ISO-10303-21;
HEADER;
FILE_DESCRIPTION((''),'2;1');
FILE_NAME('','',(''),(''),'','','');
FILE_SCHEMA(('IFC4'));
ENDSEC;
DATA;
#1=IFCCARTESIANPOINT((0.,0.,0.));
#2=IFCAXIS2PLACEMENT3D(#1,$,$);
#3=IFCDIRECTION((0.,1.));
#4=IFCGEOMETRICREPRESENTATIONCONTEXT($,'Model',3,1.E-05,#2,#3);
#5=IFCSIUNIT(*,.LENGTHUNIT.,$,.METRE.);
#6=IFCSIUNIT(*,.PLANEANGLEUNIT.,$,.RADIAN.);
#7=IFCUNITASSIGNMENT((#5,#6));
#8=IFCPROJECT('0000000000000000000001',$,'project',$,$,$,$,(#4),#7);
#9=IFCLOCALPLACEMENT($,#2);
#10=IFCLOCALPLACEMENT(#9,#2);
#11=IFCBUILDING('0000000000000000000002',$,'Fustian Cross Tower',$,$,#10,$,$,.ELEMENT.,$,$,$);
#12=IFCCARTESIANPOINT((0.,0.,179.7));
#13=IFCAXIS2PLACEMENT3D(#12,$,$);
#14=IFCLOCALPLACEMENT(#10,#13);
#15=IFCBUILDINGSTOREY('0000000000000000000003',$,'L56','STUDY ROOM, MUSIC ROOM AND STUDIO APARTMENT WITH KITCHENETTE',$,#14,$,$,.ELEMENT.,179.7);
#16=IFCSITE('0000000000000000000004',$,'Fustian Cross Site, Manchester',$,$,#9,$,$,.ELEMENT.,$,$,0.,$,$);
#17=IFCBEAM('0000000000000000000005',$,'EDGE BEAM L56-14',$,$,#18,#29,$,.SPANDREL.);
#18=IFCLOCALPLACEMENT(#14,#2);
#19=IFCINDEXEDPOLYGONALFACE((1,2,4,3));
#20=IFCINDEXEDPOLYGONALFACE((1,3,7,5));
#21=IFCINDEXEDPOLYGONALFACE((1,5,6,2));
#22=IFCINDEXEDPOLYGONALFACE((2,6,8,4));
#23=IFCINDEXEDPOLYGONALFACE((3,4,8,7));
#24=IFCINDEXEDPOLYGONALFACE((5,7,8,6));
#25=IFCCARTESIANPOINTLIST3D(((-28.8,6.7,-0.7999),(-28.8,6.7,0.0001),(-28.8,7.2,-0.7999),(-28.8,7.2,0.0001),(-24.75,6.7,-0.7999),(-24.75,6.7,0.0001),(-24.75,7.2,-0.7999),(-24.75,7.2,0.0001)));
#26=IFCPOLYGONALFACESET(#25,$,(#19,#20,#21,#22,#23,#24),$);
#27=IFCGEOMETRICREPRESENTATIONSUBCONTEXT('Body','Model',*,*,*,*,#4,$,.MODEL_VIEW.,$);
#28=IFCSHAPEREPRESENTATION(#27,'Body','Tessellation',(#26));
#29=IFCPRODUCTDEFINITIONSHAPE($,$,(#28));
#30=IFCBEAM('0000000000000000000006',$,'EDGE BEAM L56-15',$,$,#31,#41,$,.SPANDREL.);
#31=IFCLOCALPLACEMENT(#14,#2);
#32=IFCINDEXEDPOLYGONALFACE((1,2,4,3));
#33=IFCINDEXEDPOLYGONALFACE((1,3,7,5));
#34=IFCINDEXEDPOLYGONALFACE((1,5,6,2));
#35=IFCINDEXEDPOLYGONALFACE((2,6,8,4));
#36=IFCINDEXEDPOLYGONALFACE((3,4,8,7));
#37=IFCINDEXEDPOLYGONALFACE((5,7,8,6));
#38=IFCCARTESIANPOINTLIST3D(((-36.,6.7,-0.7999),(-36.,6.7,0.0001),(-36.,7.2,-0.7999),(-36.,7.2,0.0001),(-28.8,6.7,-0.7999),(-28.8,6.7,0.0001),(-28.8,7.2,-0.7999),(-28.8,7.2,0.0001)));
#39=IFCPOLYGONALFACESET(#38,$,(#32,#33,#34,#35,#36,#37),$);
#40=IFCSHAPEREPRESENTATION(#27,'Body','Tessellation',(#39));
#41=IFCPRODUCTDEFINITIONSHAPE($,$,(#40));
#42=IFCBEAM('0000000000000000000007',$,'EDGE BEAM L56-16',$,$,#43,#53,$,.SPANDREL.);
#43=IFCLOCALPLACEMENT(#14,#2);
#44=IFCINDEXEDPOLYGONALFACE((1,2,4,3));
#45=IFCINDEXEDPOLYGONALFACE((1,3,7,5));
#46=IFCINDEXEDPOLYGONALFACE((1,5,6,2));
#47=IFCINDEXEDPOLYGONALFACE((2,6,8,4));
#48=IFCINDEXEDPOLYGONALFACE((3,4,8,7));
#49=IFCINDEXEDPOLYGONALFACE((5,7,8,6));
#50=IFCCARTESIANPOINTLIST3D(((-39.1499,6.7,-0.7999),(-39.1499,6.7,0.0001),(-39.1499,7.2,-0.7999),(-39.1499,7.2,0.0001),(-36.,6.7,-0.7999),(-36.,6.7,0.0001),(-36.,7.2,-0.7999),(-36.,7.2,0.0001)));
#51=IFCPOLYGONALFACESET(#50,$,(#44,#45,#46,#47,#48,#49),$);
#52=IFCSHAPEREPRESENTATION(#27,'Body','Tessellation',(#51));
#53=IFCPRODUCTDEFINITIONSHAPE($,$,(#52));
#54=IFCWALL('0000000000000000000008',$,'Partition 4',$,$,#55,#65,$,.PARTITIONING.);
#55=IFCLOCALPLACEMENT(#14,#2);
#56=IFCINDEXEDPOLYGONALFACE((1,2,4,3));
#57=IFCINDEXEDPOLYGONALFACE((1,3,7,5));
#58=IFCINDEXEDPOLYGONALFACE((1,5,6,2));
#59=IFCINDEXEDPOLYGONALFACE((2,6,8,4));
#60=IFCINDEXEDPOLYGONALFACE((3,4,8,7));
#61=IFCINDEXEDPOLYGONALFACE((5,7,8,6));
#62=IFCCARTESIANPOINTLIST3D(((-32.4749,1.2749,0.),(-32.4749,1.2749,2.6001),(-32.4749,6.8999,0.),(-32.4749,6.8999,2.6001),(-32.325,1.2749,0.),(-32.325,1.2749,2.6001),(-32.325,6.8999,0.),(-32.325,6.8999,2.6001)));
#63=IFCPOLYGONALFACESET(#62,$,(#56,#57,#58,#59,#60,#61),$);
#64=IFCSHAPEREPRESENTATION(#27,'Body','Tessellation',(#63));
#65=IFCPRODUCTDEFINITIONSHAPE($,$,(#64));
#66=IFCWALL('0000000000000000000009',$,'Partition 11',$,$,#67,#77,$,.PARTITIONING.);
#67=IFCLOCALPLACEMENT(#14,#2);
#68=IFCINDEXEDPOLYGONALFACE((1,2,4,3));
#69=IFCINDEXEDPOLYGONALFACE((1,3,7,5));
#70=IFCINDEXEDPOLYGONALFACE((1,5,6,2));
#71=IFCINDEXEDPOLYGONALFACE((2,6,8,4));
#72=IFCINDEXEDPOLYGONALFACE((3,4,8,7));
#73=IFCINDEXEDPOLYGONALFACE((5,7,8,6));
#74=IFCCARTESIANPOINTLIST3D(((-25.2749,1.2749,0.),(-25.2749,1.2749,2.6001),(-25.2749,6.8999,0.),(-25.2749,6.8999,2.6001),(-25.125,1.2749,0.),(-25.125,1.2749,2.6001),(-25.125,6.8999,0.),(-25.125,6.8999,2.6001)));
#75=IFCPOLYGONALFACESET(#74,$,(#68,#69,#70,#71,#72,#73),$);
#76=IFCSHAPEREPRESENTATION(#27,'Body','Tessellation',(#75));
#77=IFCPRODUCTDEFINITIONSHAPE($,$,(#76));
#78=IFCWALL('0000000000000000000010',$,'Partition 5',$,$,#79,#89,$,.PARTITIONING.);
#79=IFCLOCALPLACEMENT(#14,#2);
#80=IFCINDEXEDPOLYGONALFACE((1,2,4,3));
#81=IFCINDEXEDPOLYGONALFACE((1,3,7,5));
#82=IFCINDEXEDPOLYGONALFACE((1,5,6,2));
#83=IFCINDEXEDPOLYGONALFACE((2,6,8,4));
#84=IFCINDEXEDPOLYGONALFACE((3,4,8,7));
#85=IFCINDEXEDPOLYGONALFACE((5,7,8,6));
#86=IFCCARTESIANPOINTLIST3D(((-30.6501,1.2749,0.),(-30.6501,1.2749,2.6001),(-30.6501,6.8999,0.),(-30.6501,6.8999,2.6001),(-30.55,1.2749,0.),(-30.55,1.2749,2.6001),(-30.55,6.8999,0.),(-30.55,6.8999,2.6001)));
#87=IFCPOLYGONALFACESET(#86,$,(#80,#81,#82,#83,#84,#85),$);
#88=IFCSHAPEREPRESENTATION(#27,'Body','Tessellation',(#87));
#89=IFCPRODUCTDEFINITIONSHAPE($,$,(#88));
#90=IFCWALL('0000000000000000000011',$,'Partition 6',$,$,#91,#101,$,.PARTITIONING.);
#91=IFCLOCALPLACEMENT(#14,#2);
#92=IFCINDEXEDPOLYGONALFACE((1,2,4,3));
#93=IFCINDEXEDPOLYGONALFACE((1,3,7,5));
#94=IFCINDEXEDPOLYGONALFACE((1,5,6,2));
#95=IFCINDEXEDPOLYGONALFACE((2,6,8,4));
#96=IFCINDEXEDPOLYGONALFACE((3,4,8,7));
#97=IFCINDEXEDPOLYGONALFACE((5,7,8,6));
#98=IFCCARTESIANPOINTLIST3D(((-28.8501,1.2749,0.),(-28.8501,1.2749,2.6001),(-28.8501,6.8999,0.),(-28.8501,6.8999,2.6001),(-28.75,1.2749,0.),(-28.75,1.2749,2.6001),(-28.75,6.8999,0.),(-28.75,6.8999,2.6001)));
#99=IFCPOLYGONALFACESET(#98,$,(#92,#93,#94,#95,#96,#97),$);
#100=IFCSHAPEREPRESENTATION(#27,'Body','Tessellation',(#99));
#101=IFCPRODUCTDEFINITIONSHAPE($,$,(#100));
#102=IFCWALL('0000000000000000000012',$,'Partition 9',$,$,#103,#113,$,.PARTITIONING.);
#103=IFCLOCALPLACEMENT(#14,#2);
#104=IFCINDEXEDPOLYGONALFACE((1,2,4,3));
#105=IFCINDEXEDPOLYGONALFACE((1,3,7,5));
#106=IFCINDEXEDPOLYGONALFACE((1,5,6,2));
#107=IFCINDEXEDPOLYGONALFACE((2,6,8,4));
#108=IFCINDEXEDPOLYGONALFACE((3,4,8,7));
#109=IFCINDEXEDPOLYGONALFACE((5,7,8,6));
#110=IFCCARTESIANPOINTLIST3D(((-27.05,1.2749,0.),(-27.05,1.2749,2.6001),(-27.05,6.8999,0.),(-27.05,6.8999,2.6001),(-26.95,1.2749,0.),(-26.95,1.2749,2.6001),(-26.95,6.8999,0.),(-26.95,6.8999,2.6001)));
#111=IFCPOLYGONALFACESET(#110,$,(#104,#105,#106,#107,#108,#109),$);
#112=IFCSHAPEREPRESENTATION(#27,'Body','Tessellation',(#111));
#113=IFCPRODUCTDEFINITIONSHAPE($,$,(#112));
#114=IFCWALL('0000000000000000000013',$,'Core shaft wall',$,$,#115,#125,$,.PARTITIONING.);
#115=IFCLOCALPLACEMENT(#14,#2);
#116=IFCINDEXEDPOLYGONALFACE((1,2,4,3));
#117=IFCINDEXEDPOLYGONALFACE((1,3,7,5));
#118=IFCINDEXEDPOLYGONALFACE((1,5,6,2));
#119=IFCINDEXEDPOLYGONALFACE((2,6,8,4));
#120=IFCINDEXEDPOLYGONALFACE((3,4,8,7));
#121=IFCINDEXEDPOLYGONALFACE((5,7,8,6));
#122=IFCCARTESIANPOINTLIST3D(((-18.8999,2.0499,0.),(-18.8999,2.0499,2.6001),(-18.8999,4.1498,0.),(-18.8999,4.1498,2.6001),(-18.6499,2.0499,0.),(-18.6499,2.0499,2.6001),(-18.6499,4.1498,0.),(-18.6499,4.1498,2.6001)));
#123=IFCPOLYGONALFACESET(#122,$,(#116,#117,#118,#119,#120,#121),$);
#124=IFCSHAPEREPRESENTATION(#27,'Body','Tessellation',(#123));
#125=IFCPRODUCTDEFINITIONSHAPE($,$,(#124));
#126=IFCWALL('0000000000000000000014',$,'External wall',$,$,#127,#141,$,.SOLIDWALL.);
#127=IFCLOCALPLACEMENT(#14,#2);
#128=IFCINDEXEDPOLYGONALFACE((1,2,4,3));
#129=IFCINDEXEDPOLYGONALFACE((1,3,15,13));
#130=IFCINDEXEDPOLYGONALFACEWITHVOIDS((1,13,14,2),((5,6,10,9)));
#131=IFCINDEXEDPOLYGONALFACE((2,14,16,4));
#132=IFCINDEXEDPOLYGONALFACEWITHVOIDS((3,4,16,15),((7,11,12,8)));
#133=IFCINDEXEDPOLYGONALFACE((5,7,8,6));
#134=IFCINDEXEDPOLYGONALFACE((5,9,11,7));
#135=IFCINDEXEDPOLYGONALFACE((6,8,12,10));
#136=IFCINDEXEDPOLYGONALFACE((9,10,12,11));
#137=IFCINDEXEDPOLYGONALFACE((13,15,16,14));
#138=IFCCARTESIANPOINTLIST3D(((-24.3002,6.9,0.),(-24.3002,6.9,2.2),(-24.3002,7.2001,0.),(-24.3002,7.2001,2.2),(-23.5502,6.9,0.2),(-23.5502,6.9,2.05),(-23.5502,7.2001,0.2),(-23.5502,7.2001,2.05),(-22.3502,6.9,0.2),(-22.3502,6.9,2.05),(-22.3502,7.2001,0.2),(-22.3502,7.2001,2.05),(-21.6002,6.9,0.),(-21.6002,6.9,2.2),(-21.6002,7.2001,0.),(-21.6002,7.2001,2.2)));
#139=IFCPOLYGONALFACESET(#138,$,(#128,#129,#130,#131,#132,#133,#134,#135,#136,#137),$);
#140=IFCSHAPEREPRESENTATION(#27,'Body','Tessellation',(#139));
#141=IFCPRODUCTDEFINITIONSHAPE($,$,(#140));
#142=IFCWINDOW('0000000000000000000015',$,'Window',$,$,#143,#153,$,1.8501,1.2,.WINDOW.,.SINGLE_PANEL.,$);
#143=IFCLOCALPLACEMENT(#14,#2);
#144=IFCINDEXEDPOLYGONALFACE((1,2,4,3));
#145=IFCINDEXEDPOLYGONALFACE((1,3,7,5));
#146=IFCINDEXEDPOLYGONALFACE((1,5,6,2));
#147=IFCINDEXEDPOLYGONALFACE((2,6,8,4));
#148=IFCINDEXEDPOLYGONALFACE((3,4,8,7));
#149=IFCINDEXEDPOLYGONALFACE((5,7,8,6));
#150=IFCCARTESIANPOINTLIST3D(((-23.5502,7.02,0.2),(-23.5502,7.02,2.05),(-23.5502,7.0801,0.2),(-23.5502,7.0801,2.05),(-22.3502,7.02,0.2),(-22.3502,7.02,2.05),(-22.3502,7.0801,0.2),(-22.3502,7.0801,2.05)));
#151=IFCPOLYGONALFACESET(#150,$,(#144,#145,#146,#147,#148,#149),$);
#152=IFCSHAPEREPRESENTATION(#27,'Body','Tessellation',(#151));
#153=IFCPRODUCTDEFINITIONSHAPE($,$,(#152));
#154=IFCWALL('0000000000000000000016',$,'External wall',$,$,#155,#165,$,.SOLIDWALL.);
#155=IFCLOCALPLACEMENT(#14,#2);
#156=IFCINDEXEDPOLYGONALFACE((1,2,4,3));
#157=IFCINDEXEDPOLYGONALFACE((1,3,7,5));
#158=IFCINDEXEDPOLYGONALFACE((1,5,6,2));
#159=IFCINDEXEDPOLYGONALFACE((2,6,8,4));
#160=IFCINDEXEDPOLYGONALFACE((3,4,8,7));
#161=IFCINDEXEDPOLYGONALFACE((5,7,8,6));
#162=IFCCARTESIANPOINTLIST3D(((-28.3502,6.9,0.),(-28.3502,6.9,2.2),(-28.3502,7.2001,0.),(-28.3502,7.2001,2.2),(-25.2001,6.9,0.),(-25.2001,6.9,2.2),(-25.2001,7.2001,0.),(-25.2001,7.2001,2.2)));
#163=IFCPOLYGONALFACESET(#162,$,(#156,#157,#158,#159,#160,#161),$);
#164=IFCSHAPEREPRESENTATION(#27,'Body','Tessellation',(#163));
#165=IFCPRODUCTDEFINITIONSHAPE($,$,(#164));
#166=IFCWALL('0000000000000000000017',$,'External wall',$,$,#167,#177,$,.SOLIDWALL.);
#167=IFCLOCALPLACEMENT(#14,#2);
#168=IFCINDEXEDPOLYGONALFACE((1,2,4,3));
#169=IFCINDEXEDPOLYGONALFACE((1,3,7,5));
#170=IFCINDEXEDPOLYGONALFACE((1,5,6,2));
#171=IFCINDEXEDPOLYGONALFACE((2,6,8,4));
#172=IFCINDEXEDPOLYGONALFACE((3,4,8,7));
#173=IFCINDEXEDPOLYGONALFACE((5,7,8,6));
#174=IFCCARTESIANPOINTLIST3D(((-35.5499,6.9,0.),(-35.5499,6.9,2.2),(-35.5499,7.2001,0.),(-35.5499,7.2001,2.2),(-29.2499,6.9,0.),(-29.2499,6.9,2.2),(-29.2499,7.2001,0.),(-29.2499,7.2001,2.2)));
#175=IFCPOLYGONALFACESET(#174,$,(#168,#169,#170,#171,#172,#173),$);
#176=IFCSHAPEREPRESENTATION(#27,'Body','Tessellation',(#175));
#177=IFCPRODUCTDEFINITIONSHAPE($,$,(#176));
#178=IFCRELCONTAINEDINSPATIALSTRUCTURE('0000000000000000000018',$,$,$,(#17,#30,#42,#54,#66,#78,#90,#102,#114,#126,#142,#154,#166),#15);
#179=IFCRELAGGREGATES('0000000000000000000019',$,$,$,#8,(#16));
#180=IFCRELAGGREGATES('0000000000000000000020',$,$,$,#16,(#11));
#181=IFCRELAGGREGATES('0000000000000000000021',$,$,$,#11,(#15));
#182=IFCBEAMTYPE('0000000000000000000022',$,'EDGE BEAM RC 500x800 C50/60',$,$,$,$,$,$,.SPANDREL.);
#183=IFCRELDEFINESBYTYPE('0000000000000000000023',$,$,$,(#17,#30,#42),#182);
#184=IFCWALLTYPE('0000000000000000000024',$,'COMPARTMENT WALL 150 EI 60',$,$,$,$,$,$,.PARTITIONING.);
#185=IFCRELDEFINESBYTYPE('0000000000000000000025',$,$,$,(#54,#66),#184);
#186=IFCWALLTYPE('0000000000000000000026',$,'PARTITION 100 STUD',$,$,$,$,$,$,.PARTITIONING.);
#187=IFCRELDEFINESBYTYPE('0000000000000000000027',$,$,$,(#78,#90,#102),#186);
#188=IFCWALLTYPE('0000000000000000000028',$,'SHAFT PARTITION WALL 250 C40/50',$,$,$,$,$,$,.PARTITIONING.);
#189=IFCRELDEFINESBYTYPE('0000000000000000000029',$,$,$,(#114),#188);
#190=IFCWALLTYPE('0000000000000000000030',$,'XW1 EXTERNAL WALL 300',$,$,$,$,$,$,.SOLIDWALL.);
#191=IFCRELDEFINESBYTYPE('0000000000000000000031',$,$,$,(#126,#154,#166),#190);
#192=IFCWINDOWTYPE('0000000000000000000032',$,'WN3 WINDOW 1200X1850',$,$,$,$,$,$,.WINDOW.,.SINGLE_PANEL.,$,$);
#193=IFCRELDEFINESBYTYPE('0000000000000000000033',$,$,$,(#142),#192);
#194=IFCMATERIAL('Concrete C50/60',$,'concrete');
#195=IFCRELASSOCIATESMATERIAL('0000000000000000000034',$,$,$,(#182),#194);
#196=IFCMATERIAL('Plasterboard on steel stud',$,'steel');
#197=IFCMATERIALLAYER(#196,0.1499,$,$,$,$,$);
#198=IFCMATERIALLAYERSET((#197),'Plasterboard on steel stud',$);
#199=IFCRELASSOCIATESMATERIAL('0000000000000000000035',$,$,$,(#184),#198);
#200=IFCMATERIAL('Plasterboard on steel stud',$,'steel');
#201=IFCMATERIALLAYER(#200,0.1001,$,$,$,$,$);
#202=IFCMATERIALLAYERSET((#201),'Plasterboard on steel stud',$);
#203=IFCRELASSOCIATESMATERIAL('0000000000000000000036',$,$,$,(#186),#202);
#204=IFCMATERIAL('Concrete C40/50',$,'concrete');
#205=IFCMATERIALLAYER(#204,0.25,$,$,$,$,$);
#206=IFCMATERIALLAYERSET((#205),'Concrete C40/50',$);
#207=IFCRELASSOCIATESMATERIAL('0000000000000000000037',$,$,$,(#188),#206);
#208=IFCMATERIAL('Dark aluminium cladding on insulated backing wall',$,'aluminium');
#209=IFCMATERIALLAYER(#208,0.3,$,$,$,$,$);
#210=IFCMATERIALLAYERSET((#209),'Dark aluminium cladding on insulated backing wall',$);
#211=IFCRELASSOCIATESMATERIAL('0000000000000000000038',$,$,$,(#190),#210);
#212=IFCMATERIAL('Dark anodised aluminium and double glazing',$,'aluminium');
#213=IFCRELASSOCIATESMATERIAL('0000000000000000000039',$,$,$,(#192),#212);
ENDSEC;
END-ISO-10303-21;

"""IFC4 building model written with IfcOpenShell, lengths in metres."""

from ifc_helpers import new_model, si_unit, direction, frame, frame_2d, origin, origin_2d, place, context, subcontext, project, spatial, rectangle, extrude, material, layer, layer_set, material_profile, profile_set, type_object, element, fill, save


model = new_model("IFC4")

# Units and contexts
model_context = context("Model", 3, precision=1e-05, world=origin(), true_north=direction((0.0, 1.0)))
body_context = subcontext(model_context, "Body", "Model", "MODEL_VIEW")
ifc_project = project(units=[si_unit("LENGTHUNIT", "METRE"), si_unit("PLANEANGLEUNIT", "RADIAN")], contexts=[model_context])

# Site, building, storey
site_placement = place(None, origin())
site = spatial("IfcSite", under=ifc_project, at=site_placement, Name="Fustian Cross Site, Manchester", CompositionType="ELEMENT", RefElevation=0.0)
building_placement = place(site_placement, origin())
building = spatial("IfcBuilding", under=site, at=building_placement, Name="Fustian Cross Tower", CompositionType="ELEMENT")
storey_placement = place(building_placement, frame((0.0, 0.0, 179.7)))
storey = spatial("IfcBuildingStorey", under=building, at=storey_placement, Name="L56", Description="STUDY ROOM, MUSIC ROOM AND STUDIO APARTMENT WITH KITCHENETTE", CompositionType="ELEMENT", Elevation=179.7)

# Beams
ifc_material_1 = material(Name="Concrete C50/60", Category="concrete")
ifc_material_profile_1 = material_profile(ifc_material_1, rectangle(XDim=0.5, YDim=0.8, at=origin_2d()), Name="RC 500x800")
ifc_profile_set_1 = profile_set([ifc_material_profile_1], Name="Concrete C50/60")
beam_type = type_object("IfcBeamType", Name="EDGE BEAM RC 500x800 C50/60", PredefinedType="SPANDREL", material=ifc_profile_set_1)
beam_1_placement = place(storey_placement, frame((-24.75, 6.95, -0.3999), z_axis=(-1.0, 0.0, 0.0), x_axis=(0.0, -1.0, 0.0)))
element("IfcBeam", 1, at=beam_1_placement, inside=storey, type_object=beam_type, Name="EDGE BEAM L56-14", PredefinedType="SPANDREL", context=body_context, shape_type="SweptSolid", body=[
    extrude(rectangle(XDim=0.5, YDim=0.8, at=origin_2d()), origin(), (0.0, 0.0, 1.0), 4.05),
])
beam_2_placement = place(storey_placement, frame((-28.8, 6.95, -0.3999), z_axis=(-1.0, 0.0, 0.0), x_axis=(0.0, -1.0, 0.0)))
element("IfcBeam", 2, at=beam_2_placement, inside=storey, type_object=beam_type, Name="EDGE BEAM L56-15", PredefinedType="SPANDREL", context=body_context, shape_type="SweptSolid", body=[
    extrude(rectangle(XDim=0.5, YDim=0.8, at=origin_2d()), origin(), (0.0, 0.0, 1.0), 7.2),
])
beam_3_placement = place(storey_placement, frame((-36.0, 6.95, -0.3999), z_axis=(-1.0, 0.0, 0.0), x_axis=(0.0, -1.0, 0.0)))
element("IfcBeam", 3, at=beam_3_placement, inside=storey, type_object=beam_type, Name="EDGE BEAM L56-16", PredefinedType="SPANDREL", context=body_context, shape_type="SweptSolid", body=[
    extrude(rectangle(XDim=0.5, YDim=0.8, at=origin_2d()), origin(), (0.0, 0.0, 1.0), 3.1499),
])

# Walls
ifc_material_2 = material(Name="Plasterboard on steel stud", Category="steel")
ifc_layer_1 = layer(ifc_material_2, 0.1499)
ifc_layer_set_1 = layer_set([ifc_layer_1], Name="Plasterboard on steel stud")
wall_type_1 = type_object("IfcWallType", Name="COMPARTMENT WALL 150 EI 60", PredefinedType="PARTITIONING", material=ifc_layer_set_1)
for number, where, z_axis, x_axis, name in (
    (4, (-32.3999, 1.2749, 0.0), (0.0, 0.0, 1.0), (0.0, 1.0, 0.0), "Partition 4"),
    (5, (-25.2, 1.2749, 0.0), (0.0, 0.0, 1.0), (0.0, 1.0, 0.0), "Partition 11"),
):
    element("IfcWall", number, at=place(storey_placement, frame(where, z_axis=z_axis, x_axis=x_axis)), inside=storey, type_object=wall_type_1, Name=name, PredefinedType="PARTITIONING", context=body_context, shape_type="SweptSolid", body=[
        extrude(rectangle(XDim=5.625, YDim=0.1499, at=frame_2d((2.8125, 0.0))), origin(), (0.0, 0.0, 1.0), 2.6001),
    ])
ifc_material_3 = material(Name="Plasterboard on steel stud", Category="steel")
ifc_layer_2 = layer(ifc_material_3, 0.1001)
ifc_layer_set_2 = layer_set([ifc_layer_2], Name="Plasterboard on steel stud")
wall_type_2 = type_object("IfcWallType", Name="PARTITION 100 STUD", PredefinedType="PARTITIONING", material=ifc_layer_set_2)
for number, where, z_axis, x_axis, name in (
    (6, (-30.6001, 1.2749, 0.0), (0.0, 0.0, 1.0), (0.0, 1.0, 0.0), "Partition 5"),
    (7, (-28.8, 1.2749, 0.0), (0.0, 0.0, 1.0), (0.0, 1.0, 0.0), "Partition 6"),
    (8, (-27.0, 1.2749, 0.0), (0.0, 0.0, 1.0), (0.0, 1.0, 0.0), "Partition 9"),
):
    element("IfcWall", number, at=place(storey_placement, frame(where, z_axis=z_axis, x_axis=x_axis)), inside=storey, type_object=wall_type_2, Name=name, PredefinedType="PARTITIONING", context=body_context, shape_type="SweptSolid", body=[
        extrude(rectangle(XDim=5.625, YDim=0.1001, at=frame_2d((2.8125, 0.0))), origin(), (0.0, 0.0, 1.0), 2.6001),
    ])
ifc_material_4 = material(Name="Concrete C40/50", Category="concrete")
ifc_layer_3 = layer(ifc_material_4, 0.25)
ifc_layer_set_3 = layer_set([ifc_layer_3], Name="Concrete C40/50")
wall_type_3 = type_object("IfcWallType", Name="SHAFT PARTITION WALL 250 C40/50", PredefinedType="PARTITIONING", material=ifc_layer_set_3)
wall_1_placement = place(storey_placement, frame((-18.7749, 2.05, 0.0), z_axis=(0.0, 0.0, 1.0), x_axis=(0.0, 1.0, 0.0)))
element("IfcWall", 9, at=wall_1_placement, inside=storey, type_object=wall_type_3, Name="Core shaft wall", PredefinedType="PARTITIONING", context=body_context, shape_type="SweptSolid", body=[
    extrude(rectangle(XDim=2.0999, YDim=0.25, at=frame_2d((1.0498, 0.0))), origin(), (0.0, 0.0, 1.0), 2.6001),
])

# Wall, opening, window
ifc_material_5 = material(Name="Dark aluminium cladding on insulated backing wall", Category="aluminium")
ifc_layer_4 = layer(ifc_material_5, 0.3)
ifc_layer_set_4 = layer_set([ifc_layer_4], Name="Dark aluminium cladding on insulated backing wall")
wall_type_4 = type_object("IfcWallType", Name="XW1 EXTERNAL WALL 300", PredefinedType="SOLIDWALL", material=ifc_layer_set_4)
wall_2_placement = place(storey_placement, frame((-21.6001, 7.05, 0.0), z_axis=(0.0, 0.0, 1.0), x_axis=(-1.0, 0.0, 0.0)))
wall_2 = element("IfcWall", 10, at=wall_2_placement, inside=storey, type_object=wall_type_4, Name="External wall", PredefinedType="SOLIDWALL", context=body_context, shape_type="SweptSolid", body=[
    extrude(rectangle(XDim=2.7, YDim=0.3, at=frame_2d((1.3501, 0.0))), origin(), (0.0, 0.0, 1.0), 2.2),
])
opening_placement = place(wall_2_placement, frame((0.75, 0.0, 0.2)))
opening = element("IfcOpeningElement", 11, at=opening_placement, cuts=wall_2, PredefinedType="OPENING", context=body_context, shape_type="SweptSolid", body=[
    extrude(rectangle(XDim=1.2, YDim=1.8501, at=frame_2d((0.6001, 0.925))), frame((0.0, 0.1599, 0.0), z_axis=(0.0, -1.0, 0.0), x_axis=(1.0, 0.0, 0.0)), (0.0, 0.0, 1.0), 0.3201),
])
ifc_material_6 = material(Name="Dark anodised aluminium and double glazing", Category="aluminium")
window_type = type_object("IfcWindowType", Name="WN3 WINDOW 1200X1850", PartitioningType="SINGLE_PANEL", PredefinedType="WINDOW", material=ifc_material_6)
window_placement = place(opening_placement, origin())
window = element("IfcWindow", 12, at=window_placement, inside=storey, type_object=window_type, Name="Window", OverallHeight=1.8501, OverallWidth=1.2, PartitioningType="SINGLE_PANEL", PredefinedType="WINDOW", context=body_context, shape_type="SweptSolid", body=[
    extrude(rectangle(XDim=1.2, YDim=1.8501, at=frame_2d((0.6001, 0.925))), frame((0.0, 0.03, 0.0), z_axis=(0.0, -1.0, 0.0), x_axis=(1.0, 0.0, 0.0)), (0.0, 0.0, 1.0), 0.0601),
])
fill(opening, window)

# Walls
wall_3_placement = place(storey_placement, frame((-25.2, 7.05, 0.0), z_axis=(0.0, 0.0, 1.0), x_axis=(-1.0, 0.0, 0.0)))
element("IfcWall", 13, at=wall_3_placement, inside=storey, type_object=wall_type_4, Name="External wall", PredefinedType="SOLIDWALL", context=body_context, shape_type="SweptSolid", body=[
    extrude(rectangle(XDim=3.1501, YDim=0.3, at=frame_2d((1.5752, 0.0))), origin(), (0.0, 0.0, 1.0), 2.2),
])
wall_4_placement = place(storey_placement, frame((-29.25, 7.05, 0.0), z_axis=(0.0, 0.0, 1.0), x_axis=(-1.0, 0.0, 0.0)))
element("IfcWall", 14, at=wall_4_placement, inside=storey, type_object=wall_type_4, Name="External wall", PredefinedType="SOLIDWALL", context=body_context, shape_type="SweptSolid", body=[
    extrude(rectangle(XDim=6.3, YDim=0.3, at=frame_2d((3.1499, 0.0))), origin(), (0.0, 0.0, 1.0), 2.2),
])

save(model, "model.ifc")
